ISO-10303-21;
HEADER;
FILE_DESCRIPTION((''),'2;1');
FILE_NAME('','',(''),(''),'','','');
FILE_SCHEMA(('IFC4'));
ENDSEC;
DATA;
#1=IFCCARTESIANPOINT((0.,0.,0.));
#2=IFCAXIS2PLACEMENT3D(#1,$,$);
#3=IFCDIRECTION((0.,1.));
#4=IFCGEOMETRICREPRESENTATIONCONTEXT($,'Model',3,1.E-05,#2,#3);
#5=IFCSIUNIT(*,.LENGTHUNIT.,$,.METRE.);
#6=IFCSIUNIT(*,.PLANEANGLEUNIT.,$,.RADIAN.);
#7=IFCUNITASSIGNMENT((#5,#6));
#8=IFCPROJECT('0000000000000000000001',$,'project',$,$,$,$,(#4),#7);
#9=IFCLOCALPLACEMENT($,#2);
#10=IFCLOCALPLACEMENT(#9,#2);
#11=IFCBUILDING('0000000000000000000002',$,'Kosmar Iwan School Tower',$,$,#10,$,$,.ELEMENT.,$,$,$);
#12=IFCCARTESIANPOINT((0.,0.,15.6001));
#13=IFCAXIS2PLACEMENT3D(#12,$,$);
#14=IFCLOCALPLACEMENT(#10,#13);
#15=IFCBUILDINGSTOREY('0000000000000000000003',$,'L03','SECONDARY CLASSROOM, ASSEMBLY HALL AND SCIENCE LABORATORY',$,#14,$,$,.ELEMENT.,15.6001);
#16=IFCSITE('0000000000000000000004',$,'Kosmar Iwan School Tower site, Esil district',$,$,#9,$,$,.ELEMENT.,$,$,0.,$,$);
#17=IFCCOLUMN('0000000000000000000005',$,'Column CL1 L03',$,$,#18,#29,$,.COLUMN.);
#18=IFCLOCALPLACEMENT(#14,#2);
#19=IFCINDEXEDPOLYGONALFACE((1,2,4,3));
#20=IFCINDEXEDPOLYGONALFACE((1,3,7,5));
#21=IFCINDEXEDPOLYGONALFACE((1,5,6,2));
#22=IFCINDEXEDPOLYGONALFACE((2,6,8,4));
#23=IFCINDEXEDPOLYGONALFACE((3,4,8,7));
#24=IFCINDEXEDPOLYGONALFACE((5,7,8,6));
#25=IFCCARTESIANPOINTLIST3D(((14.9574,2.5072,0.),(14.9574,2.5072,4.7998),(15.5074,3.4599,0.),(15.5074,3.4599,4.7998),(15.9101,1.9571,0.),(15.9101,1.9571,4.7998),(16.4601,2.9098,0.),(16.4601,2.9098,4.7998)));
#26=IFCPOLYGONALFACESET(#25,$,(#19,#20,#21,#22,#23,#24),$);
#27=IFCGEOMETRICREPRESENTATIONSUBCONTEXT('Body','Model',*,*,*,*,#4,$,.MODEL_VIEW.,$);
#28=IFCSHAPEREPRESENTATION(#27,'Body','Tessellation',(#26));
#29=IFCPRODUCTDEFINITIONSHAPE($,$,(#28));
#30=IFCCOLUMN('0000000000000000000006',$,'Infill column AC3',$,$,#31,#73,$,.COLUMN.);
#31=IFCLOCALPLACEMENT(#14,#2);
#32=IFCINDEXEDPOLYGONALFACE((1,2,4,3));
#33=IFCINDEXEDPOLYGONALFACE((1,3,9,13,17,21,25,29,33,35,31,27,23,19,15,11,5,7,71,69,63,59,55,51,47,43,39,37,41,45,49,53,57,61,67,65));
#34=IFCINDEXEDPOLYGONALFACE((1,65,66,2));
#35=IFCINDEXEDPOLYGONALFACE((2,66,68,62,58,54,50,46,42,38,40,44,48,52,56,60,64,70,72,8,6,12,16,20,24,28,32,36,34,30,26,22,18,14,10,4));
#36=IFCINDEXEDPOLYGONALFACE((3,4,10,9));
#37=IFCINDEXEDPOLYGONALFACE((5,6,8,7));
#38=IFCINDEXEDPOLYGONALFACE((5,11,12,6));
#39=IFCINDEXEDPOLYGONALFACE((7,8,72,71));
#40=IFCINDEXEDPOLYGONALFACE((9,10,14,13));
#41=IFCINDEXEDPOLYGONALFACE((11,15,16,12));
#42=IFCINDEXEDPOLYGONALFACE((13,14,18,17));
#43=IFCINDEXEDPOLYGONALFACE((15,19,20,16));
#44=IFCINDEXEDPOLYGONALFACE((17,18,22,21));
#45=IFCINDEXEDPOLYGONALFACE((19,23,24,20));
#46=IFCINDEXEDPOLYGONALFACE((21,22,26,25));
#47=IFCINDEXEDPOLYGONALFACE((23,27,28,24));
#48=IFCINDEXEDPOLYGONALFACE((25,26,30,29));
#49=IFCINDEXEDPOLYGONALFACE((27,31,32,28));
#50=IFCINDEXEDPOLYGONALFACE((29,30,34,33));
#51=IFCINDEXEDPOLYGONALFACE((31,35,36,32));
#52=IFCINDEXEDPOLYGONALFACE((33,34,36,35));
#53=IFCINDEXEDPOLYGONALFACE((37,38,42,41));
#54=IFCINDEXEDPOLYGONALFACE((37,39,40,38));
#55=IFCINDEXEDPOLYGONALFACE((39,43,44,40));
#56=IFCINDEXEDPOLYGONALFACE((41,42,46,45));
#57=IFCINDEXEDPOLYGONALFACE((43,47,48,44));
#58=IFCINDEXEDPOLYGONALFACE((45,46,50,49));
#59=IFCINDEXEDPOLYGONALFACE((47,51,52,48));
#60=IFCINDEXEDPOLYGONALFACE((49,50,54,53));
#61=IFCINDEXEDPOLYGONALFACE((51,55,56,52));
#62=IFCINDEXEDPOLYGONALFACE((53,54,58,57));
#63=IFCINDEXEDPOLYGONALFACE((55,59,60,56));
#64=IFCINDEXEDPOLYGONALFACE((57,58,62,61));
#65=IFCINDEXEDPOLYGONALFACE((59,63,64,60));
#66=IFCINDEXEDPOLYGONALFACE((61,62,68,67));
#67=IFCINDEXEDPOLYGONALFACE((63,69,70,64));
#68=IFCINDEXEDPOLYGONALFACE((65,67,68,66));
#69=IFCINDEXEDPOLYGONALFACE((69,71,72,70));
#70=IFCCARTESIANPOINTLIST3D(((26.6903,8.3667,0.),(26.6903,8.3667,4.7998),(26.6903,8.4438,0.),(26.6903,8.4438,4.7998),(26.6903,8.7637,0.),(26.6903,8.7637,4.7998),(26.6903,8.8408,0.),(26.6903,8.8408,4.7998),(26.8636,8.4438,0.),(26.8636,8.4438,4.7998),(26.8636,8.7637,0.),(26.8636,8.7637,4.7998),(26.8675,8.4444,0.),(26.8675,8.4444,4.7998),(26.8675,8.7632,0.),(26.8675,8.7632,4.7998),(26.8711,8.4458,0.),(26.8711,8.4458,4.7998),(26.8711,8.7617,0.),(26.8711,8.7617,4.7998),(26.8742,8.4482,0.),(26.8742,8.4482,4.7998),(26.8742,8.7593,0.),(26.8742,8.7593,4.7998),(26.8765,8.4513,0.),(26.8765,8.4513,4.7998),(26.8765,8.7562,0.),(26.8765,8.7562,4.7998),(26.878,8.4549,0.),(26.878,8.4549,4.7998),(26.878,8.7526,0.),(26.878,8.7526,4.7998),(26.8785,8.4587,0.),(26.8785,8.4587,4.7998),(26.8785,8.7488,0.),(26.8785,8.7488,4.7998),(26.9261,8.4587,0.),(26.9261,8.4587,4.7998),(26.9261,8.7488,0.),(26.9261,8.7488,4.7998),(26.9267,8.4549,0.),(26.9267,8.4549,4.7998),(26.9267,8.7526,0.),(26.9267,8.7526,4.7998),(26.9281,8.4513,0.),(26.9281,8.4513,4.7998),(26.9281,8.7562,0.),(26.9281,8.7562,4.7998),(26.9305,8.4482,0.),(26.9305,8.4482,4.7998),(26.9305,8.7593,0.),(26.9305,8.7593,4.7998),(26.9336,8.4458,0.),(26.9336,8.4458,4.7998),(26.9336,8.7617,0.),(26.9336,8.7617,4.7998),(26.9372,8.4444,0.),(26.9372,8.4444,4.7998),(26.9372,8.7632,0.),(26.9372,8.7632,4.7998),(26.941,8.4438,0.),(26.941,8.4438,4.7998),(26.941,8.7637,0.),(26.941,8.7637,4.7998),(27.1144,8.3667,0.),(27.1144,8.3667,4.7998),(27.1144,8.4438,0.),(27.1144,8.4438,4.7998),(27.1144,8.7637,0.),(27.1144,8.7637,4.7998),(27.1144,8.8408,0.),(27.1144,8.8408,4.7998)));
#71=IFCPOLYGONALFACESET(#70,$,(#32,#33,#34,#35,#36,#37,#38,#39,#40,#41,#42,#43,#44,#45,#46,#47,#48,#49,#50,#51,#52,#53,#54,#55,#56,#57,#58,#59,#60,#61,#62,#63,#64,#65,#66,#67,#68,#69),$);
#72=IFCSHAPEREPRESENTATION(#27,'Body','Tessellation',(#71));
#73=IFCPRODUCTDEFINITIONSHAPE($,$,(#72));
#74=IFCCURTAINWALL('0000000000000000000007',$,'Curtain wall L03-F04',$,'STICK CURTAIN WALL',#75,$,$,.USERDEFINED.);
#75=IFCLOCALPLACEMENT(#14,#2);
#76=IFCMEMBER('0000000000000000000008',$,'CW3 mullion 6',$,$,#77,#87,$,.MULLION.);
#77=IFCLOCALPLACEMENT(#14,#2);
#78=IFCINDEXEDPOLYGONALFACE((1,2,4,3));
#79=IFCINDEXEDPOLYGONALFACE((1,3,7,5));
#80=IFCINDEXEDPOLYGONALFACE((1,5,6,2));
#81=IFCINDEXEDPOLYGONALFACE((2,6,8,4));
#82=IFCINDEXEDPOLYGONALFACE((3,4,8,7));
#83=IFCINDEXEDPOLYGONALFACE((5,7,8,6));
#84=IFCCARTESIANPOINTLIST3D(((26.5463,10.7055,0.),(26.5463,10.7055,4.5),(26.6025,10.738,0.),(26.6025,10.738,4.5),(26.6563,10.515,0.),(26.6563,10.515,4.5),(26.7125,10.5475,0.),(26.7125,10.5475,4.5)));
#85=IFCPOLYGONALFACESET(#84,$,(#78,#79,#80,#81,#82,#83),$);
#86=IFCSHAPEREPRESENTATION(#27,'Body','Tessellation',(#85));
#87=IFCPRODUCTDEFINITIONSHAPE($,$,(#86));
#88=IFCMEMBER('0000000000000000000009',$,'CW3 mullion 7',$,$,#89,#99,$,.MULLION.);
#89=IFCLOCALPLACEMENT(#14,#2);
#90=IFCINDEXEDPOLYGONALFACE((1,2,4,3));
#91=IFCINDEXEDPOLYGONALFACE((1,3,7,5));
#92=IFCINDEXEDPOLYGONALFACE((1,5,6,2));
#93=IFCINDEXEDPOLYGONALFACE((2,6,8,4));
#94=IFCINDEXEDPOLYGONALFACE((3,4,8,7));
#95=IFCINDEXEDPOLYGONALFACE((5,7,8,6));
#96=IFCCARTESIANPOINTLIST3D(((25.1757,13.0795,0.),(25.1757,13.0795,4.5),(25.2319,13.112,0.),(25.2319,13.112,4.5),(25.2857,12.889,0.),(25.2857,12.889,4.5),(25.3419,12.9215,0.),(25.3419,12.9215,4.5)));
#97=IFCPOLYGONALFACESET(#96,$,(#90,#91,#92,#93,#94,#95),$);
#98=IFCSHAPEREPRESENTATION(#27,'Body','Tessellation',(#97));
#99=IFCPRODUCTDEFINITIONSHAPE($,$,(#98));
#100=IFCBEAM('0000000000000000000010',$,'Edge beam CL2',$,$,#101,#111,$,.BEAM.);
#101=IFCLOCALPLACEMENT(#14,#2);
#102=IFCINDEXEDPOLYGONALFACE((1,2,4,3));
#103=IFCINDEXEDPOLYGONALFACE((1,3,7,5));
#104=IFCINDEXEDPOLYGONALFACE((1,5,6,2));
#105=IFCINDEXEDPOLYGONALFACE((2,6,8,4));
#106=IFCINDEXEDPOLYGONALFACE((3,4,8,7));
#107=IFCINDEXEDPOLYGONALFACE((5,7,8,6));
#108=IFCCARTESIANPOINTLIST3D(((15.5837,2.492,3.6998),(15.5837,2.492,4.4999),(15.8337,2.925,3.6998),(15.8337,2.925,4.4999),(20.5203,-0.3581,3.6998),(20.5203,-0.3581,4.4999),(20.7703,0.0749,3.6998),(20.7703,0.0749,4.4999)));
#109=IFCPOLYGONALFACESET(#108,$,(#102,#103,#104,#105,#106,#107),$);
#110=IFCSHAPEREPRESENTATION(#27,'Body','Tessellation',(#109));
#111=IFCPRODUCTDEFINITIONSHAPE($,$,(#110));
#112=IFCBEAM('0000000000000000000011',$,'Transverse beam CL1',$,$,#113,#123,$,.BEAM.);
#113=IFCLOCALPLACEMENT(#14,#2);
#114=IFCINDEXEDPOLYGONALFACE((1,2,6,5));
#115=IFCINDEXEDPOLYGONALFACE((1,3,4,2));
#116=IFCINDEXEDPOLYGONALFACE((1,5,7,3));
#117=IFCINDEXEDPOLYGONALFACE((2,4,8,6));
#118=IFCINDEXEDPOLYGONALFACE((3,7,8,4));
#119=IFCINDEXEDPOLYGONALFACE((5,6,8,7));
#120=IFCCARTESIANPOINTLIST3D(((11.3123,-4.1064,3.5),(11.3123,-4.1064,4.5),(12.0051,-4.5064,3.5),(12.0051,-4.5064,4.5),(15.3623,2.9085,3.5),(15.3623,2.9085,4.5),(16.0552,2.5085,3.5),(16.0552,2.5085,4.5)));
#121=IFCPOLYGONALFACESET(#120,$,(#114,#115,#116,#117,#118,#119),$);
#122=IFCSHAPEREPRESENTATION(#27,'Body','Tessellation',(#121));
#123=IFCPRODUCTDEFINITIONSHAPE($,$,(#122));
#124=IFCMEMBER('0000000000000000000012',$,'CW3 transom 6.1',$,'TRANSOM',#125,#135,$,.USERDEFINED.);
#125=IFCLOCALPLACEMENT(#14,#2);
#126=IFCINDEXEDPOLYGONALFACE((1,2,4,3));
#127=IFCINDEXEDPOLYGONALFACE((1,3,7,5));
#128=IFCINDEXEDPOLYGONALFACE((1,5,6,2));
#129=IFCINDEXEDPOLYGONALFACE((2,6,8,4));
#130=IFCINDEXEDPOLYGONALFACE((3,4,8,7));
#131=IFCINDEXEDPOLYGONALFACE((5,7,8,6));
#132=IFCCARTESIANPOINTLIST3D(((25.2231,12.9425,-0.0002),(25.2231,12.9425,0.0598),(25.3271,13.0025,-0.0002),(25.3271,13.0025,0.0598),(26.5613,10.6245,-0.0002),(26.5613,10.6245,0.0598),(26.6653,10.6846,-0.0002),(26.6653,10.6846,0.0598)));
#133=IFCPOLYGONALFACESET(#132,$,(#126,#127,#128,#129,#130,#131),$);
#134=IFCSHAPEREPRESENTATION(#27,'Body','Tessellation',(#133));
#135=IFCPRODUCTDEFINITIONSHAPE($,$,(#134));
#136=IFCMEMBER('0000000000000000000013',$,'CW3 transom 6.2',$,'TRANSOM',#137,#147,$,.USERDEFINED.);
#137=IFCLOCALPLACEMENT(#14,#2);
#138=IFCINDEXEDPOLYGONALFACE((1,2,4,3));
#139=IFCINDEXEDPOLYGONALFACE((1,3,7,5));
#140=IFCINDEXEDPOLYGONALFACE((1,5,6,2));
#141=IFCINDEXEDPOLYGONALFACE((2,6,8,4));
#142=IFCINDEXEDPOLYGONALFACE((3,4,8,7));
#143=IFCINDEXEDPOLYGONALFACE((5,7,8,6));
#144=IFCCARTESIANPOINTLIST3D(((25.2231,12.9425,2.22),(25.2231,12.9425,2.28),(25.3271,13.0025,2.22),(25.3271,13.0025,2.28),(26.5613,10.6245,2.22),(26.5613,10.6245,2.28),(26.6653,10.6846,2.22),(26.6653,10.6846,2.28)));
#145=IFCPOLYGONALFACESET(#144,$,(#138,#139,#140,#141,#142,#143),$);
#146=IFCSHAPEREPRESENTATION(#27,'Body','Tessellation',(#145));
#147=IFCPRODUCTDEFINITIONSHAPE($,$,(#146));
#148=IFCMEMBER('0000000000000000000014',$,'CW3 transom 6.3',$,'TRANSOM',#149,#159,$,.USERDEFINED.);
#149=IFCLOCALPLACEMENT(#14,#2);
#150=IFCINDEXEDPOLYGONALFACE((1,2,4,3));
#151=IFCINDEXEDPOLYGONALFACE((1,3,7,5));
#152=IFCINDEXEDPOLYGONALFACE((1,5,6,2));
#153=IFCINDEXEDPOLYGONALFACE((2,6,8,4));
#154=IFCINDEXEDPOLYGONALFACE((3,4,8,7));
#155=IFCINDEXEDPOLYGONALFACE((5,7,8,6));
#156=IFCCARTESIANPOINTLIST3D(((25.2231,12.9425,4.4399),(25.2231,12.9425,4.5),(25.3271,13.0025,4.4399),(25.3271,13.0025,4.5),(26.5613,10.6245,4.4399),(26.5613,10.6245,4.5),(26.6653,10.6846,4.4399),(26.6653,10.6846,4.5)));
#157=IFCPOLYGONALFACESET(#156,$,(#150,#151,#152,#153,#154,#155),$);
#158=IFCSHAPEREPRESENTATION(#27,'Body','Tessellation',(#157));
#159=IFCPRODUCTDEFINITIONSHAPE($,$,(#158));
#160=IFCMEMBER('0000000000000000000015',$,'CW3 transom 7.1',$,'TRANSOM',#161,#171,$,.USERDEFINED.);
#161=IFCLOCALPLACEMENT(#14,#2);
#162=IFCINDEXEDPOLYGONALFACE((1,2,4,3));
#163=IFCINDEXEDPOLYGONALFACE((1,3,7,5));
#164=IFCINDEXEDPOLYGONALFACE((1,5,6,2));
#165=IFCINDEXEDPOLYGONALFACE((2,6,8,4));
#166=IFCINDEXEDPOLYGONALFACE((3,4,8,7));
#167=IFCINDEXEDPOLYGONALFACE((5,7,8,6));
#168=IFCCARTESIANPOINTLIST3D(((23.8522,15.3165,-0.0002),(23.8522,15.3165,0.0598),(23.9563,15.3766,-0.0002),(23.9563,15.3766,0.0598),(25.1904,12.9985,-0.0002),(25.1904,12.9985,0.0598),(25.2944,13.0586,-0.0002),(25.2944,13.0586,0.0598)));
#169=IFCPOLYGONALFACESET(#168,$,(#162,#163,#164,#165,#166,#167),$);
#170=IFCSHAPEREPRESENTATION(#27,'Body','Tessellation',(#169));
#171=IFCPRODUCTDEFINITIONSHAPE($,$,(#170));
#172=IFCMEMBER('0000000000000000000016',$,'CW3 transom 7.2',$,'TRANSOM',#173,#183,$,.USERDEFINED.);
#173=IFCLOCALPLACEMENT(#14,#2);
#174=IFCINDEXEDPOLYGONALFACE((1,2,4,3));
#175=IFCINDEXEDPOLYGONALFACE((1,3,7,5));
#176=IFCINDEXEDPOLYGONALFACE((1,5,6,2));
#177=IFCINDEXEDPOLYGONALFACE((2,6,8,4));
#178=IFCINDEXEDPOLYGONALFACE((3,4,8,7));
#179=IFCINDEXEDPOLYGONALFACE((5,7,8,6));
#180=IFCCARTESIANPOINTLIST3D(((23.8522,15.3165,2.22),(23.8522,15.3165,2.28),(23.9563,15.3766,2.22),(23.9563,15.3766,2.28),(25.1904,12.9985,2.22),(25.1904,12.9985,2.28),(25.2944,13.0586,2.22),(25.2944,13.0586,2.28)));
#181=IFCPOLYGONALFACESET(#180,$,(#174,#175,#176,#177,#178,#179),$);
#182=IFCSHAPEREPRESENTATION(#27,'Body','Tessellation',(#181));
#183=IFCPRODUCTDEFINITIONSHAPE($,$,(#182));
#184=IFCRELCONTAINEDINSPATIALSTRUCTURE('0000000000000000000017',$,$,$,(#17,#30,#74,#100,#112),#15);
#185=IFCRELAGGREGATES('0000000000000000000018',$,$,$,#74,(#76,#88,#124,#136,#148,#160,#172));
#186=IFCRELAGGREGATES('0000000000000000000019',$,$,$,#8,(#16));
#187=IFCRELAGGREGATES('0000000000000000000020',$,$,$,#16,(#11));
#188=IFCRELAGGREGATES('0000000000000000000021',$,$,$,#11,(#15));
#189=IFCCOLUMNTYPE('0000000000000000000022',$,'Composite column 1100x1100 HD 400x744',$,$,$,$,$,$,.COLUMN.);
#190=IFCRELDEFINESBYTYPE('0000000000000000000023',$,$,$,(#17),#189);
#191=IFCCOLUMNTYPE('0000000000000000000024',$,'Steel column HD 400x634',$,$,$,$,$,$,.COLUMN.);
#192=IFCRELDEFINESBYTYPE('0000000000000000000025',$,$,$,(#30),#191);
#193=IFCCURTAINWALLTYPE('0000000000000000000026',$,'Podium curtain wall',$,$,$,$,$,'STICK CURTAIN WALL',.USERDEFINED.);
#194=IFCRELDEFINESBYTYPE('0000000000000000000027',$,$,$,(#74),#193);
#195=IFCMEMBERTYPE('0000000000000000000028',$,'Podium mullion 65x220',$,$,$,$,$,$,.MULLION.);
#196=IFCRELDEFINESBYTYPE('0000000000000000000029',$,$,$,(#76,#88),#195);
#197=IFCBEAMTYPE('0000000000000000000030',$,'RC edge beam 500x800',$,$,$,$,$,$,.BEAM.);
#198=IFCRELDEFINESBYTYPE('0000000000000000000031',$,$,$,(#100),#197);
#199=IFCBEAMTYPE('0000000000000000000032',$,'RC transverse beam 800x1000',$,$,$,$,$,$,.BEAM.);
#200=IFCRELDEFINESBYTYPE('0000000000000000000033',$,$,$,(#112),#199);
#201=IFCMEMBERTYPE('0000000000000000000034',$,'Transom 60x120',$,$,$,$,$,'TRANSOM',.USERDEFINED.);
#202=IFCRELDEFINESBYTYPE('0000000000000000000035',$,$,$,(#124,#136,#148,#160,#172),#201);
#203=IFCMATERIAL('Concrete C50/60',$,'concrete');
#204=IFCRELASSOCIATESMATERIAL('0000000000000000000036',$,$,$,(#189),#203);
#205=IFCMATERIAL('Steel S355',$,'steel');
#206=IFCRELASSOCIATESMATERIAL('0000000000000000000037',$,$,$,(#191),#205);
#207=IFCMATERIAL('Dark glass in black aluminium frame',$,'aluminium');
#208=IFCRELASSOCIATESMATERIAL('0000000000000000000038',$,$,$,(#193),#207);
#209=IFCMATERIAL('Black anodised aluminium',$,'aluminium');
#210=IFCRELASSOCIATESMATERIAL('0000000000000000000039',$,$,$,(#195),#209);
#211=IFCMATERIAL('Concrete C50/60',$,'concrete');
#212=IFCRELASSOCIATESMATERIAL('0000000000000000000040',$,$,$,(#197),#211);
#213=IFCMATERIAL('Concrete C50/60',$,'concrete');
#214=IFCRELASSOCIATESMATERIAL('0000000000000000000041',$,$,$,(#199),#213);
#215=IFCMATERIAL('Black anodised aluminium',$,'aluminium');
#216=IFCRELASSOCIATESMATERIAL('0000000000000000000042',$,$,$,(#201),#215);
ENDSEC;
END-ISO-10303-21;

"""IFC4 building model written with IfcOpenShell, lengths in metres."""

from ifc_helpers import new_model, si_unit, direction, frame, origin, origin_2d, place, context, subcontext, project, spatial, rectangle, i_section, extrude, material, material_profile, profile_set, type_object, element, aggregate, save


model = new_model("IFC4")

# Units and contexts
model_context = context("Model", 3, precision=1e-05, world=origin(), true_north=direction((0.0, 1.0)))
body_context = subcontext(model_context, "Body", "Model", "MODEL_VIEW")
ifc_project = project(units=[si_unit("LENGTHUNIT", "METRE"), si_unit("PLANEANGLEUNIT", "RADIAN")], contexts=[model_context])

# Site, building, storey
site_placement = place(None, origin())
site = spatial("IfcSite", under=ifc_project, at=site_placement, Name="Kosmar Iwan School Tower site, Esil district", CompositionType="ELEMENT", RefElevation=0.0)
building_placement = place(site_placement, origin())
building = spatial("IfcBuilding", under=site, at=building_placement, Name="Kosmar Iwan School Tower", CompositionType="ELEMENT")
storey_placement = place(building_placement, frame((0.0, 0.0, 15.6001)))
storey = spatial("IfcBuildingStorey", under=building, at=storey_placement, Name="L03", Description="SECONDARY CLASSROOM, ASSEMBLY HALL AND SCIENCE LABORATORY", CompositionType="ELEMENT", Elevation=15.6001)

# Columns
ifc_material_1 = material(Name="Concrete C50/60", Category="concrete")
ifc_material_profile_1 = material_profile(ifc_material_1, rectangle(XDim=1.1001, YDim=1.1001, at=origin_2d()), Name="RC 1100x1100 + HD 400x744")
ifc_profile_set_1 = profile_set([ifc_material_profile_1], Name="Concrete C50/60")
column_type_1 = type_object("IfcColumnType", Name="Composite column 1100x1100 HD 400x744", PredefinedType="COLUMN", material=ifc_profile_set_1)
column_1_placement = place(storey_placement, frame((15.7087, 2.7085, 0.0), z_axis=(0.0, 0.0, 1.0), x_axis=(0.866025, -0.5, 0.0)))
element("IfcColumn", 1, at=column_1_placement, inside=storey, type_object=column_type_1, Name="Column CL1 L03", PredefinedType="COLUMN", context=body_context, shape_type="SweptSolid", body=[
    extrude(rectangle(XDim=1.1001, YDim=1.1001, at=origin_2d()), origin(), (0.0, 0.0, 1.0), 4.7998),
])
ifc_material_2 = material(Name="Steel S355", Category="steel")
ifc_material_profile_2 = material_profile(ifc_material_2, i_section(OverallWidth=0.4241, OverallDepth=0.4741, WebThickness=0.0476, FlangeThickness=0.0771, FilletRadius=0.0149, at=origin_2d()), Name="HD 400x634")
ifc_profile_set_2 = profile_set([ifc_material_profile_2], Name="Steel S355")
column_type_2 = type_object("IfcColumnType", Name="Steel column HD 400x634", PredefinedType="COLUMN", material=ifc_profile_set_2)
column_2_placement = place(storey_placement, frame((26.9023, 8.6038, 0.0), z_axis=(0.0, 0.0, 1.0), x_axis=(1.0, 0.0, 0.0)))
element("IfcColumn", 2, at=column_2_placement, inside=storey, type_object=column_type_2, Name="Infill column AC3", PredefinedType="COLUMN", context=body_context, shape_type="SweptSolid", body=[
    extrude(i_section(OverallWidth=0.4241, OverallDepth=0.4741, WebThickness=0.0476, FlangeThickness=0.0771, FilletRadius=0.0149, at=origin_2d()), origin(), (0.0, 0.0, 1.0), 4.7998),
])

# Curtain wall, members
ifc_material_3 = material(Name="Dark glass in black aluminium frame", Category="aluminium")
curtain_wall_type = type_object("IfcCurtainWallType", Name="Podium curtain wall", ElementType="STICK CURTAIN WALL", PredefinedType="USERDEFINED", material=ifc_material_3)
curtain_wall_placement = place(storey_placement, origin())
curtain_wall = element("IfcCurtainWall", 3, at=curtain_wall_placement, inside=storey, type_object=curtain_wall_type, Name="Curtain wall L03-F04", ObjectType="STICK CURTAIN WALL", PredefinedType="USERDEFINED")
ifc_material_4 = material(Name="Black anodised aluminium", Category="aluminium")
ifc_material_profile_3 = material_profile(ifc_material_4, rectangle(XDim=0.0649, YDim=0.22, at=origin_2d()), Name="MULLION 65x220")
ifc_profile_set_3 = profile_set([ifc_material_profile_3], Name="Black anodised aluminium")
member_type_1 = type_object("IfcMemberType", Name="Podium mullion 65x220", PredefinedType="MULLION", material=ifc_profile_set_3)
member_1_placement = place(storey_placement, frame((26.6294, 10.6265, 0.0), z_axis=(0.0, 0.0, 1.0), x_axis=(-0.866025, -0.5, 0.0)))
member_1 = element("IfcMember", 4, at=member_1_placement, type_object=member_type_1, Name="CW3 mullion 6", PredefinedType="MULLION", context=body_context, shape_type="SweptSolid", body=[
    extrude(rectangle(XDim=0.0649, YDim=0.22, at=origin_2d()), origin(), (0.0, 0.0, 1.0), 4.5),
])
member_2_placement = place(storey_placement, frame((25.2588, 13.0005, 0.0), z_axis=(0.0, 0.0, 1.0), x_axis=(-0.866025, -0.5, 0.0)))
member_2 = element("IfcMember", 5, at=member_2_placement, type_object=member_type_1, Name="CW3 mullion 7", PredefinedType="MULLION", context=body_context, shape_type="SweptSolid", body=[
    extrude(rectangle(XDim=0.0649, YDim=0.22, at=origin_2d()), origin(), (0.0, 0.0, 1.0), 4.5),
])

# Beams
ifc_material_5 = material(Name="Concrete C50/60", Category="concrete")
ifc_material_profile_4 = material_profile(ifc_material_5, rectangle(XDim=0.5, YDim=0.8, at=origin_2d()), Name="RC 500x800")
ifc_profile_set_4 = profile_set([ifc_material_profile_4], Name="Concrete C50/60")
beam_type_1 = type_object("IfcBeamType", Name="RC edge beam 500x800", PredefinedType="BEAM", material=ifc_profile_set_4)
beam_1_placement = place(storey_placement, frame((15.7087, 2.7085, 4.0999), z_axis=(0.866026, -0.499999, 0.0), x_axis=(0.499999, 0.866026, 0.0)))
element("IfcBeam", 6, at=beam_1_placement, inside=storey, type_object=beam_type_1, Name="Edge beam CL2", PredefinedType="BEAM", context=body_context, shape_type="SweptSolid", body=[
    extrude(rectangle(XDim=0.5, YDim=0.8, at=origin_2d()), origin(), (0.0, 0.0, 1.0), 5.7002),
])
ifc_material_6 = material(Name="Concrete C50/60", Category="concrete")
ifc_material_profile_5 = material_profile(ifc_material_6, rectangle(XDim=0.8, YDim=1.0, at=origin_2d()), Name="RC 800x1000")
ifc_profile_set_5 = profile_set([ifc_material_profile_5], Name="Concrete C50/60")
beam_type_2 = type_object("IfcBeamType", Name="RC transverse beam 800x1000", PredefinedType="BEAM", material=ifc_profile_set_5)
beam_2_placement = place(storey_placement, frame((15.7087, 2.7085, 4.0), z_axis=(-0.5, -0.866025, 0.0), x_axis=(0.866025, -0.5, 0.0)))
element("IfcBeam", 7, at=beam_2_placement, inside=storey, type_object=beam_type_2, Name="Transverse beam CL1", PredefinedType="BEAM", context=body_context, shape_type="SweptSolid", body=[
    extrude(rectangle(XDim=0.8, YDim=1.0, at=origin_2d()), origin(), (0.0, 0.0, 1.0), 8.1001),
])

# Members
ifc_material_7 = material(Name="Black anodised aluminium", Category="aluminium")
ifc_material_profile_6 = material_profile(ifc_material_7, rectangle(XDim=0.1201, YDim=0.0601, at=origin_2d()), Name="TRANSOM 60x120")
ifc_profile_set_6 = profile_set([ifc_material_profile_6], Name="Black anodised aluminium")
member_type_2 = type_object("IfcMemberType", Name="Transom 60x120", ElementType="TRANSOM", PredefinedType="USERDEFINED", material=ifc_profile_set_6)
member_3_placement = place(storey_placement, frame((26.6133, 10.6545, 0.0298), z_axis=(-0.499975, 0.86604, 0.0), x_axis=(-0.86604, -0.499975, 0.0)))
member_3 = element("IfcMember", 8, at=member_3_placement, type_object=member_type_2, Name="CW3 transom 6.1", ObjectType="TRANSOM", PredefinedType="USERDEFINED", context=body_context, shape_type="SweptSolid", body=[
    extrude(rectangle(XDim=0.1201, YDim=0.0601, at=origin_2d()), origin(), (0.0, 0.0, 1.0), 2.6765),
])
member_4_placement = place(storey_placement, frame((26.6133, 10.6545, 2.25), z_axis=(-0.499975, 0.86604, 0.0), x_axis=(-0.86604, -0.499975, 0.0)))
member_4 = element("IfcMember", 9, at=member_4_placement, type_object=member_type_2, Name="CW3 transom 6.2", ObjectType="TRANSOM", PredefinedType="USERDEFINED", context=body_context, shape_type="SweptSolid", body=[
    extrude(rectangle(XDim=0.1201, YDim=0.0601, at=origin_2d()), origin(), (0.0, 0.0, 1.0), 2.6765),
])
member_5_placement = place(storey_placement, frame((26.6133, 10.6545, 4.47), z_axis=(-0.499975, 0.86604, 0.0), x_axis=(-0.86604, -0.499975, 0.0)))
member_5 = element("IfcMember", 10, at=member_5_placement, type_object=member_type_2, Name="CW3 transom 6.3", ObjectType="TRANSOM", PredefinedType="USERDEFINED", context=body_context, shape_type="SweptSolid", body=[
    extrude(rectangle(XDim=0.1201, YDim=0.0601, at=origin_2d()), origin(), (0.0, 0.0, 1.0), 2.6765),
])
member_6_placement = place(storey_placement, frame((25.2424, 13.0286, 0.0298), z_axis=(-0.499975, 0.86604, 0.0), x_axis=(-0.86604, -0.499975, 0.0)))
member_6 = element("IfcMember", 11, at=member_6_placement, type_object=member_type_2, Name="CW3 transom 7.1", ObjectType="TRANSOM", PredefinedType="USERDEFINED", context=body_context, shape_type="SweptSolid", body=[
    extrude(rectangle(XDim=0.1201, YDim=0.0601, at=origin_2d()), origin(), (0.0, 0.0, 1.0), 2.6765),
])
member_7_placement = place(storey_placement, frame((25.2424, 13.0286, 2.25), z_axis=(-0.499975, 0.86604, 0.0), x_axis=(-0.86604, -0.499975, 0.0)))
member_7 = element("IfcMember", 12, at=member_7_placement, type_object=member_type_2, Name="CW3 transom 7.2", ObjectType="TRANSOM", PredefinedType="USERDEFINED", context=body_context, shape_type="SweptSolid", body=[
    extrude(rectangle(XDim=0.1201, YDim=0.0601, at=origin_2d()), origin(), (0.0, 0.0, 1.0), 2.6765),
])

aggregate(curtain_wall, [member_1, member_2, member_3, member_4, member_5, member_6, member_7])

save(model, "model.ifc")
